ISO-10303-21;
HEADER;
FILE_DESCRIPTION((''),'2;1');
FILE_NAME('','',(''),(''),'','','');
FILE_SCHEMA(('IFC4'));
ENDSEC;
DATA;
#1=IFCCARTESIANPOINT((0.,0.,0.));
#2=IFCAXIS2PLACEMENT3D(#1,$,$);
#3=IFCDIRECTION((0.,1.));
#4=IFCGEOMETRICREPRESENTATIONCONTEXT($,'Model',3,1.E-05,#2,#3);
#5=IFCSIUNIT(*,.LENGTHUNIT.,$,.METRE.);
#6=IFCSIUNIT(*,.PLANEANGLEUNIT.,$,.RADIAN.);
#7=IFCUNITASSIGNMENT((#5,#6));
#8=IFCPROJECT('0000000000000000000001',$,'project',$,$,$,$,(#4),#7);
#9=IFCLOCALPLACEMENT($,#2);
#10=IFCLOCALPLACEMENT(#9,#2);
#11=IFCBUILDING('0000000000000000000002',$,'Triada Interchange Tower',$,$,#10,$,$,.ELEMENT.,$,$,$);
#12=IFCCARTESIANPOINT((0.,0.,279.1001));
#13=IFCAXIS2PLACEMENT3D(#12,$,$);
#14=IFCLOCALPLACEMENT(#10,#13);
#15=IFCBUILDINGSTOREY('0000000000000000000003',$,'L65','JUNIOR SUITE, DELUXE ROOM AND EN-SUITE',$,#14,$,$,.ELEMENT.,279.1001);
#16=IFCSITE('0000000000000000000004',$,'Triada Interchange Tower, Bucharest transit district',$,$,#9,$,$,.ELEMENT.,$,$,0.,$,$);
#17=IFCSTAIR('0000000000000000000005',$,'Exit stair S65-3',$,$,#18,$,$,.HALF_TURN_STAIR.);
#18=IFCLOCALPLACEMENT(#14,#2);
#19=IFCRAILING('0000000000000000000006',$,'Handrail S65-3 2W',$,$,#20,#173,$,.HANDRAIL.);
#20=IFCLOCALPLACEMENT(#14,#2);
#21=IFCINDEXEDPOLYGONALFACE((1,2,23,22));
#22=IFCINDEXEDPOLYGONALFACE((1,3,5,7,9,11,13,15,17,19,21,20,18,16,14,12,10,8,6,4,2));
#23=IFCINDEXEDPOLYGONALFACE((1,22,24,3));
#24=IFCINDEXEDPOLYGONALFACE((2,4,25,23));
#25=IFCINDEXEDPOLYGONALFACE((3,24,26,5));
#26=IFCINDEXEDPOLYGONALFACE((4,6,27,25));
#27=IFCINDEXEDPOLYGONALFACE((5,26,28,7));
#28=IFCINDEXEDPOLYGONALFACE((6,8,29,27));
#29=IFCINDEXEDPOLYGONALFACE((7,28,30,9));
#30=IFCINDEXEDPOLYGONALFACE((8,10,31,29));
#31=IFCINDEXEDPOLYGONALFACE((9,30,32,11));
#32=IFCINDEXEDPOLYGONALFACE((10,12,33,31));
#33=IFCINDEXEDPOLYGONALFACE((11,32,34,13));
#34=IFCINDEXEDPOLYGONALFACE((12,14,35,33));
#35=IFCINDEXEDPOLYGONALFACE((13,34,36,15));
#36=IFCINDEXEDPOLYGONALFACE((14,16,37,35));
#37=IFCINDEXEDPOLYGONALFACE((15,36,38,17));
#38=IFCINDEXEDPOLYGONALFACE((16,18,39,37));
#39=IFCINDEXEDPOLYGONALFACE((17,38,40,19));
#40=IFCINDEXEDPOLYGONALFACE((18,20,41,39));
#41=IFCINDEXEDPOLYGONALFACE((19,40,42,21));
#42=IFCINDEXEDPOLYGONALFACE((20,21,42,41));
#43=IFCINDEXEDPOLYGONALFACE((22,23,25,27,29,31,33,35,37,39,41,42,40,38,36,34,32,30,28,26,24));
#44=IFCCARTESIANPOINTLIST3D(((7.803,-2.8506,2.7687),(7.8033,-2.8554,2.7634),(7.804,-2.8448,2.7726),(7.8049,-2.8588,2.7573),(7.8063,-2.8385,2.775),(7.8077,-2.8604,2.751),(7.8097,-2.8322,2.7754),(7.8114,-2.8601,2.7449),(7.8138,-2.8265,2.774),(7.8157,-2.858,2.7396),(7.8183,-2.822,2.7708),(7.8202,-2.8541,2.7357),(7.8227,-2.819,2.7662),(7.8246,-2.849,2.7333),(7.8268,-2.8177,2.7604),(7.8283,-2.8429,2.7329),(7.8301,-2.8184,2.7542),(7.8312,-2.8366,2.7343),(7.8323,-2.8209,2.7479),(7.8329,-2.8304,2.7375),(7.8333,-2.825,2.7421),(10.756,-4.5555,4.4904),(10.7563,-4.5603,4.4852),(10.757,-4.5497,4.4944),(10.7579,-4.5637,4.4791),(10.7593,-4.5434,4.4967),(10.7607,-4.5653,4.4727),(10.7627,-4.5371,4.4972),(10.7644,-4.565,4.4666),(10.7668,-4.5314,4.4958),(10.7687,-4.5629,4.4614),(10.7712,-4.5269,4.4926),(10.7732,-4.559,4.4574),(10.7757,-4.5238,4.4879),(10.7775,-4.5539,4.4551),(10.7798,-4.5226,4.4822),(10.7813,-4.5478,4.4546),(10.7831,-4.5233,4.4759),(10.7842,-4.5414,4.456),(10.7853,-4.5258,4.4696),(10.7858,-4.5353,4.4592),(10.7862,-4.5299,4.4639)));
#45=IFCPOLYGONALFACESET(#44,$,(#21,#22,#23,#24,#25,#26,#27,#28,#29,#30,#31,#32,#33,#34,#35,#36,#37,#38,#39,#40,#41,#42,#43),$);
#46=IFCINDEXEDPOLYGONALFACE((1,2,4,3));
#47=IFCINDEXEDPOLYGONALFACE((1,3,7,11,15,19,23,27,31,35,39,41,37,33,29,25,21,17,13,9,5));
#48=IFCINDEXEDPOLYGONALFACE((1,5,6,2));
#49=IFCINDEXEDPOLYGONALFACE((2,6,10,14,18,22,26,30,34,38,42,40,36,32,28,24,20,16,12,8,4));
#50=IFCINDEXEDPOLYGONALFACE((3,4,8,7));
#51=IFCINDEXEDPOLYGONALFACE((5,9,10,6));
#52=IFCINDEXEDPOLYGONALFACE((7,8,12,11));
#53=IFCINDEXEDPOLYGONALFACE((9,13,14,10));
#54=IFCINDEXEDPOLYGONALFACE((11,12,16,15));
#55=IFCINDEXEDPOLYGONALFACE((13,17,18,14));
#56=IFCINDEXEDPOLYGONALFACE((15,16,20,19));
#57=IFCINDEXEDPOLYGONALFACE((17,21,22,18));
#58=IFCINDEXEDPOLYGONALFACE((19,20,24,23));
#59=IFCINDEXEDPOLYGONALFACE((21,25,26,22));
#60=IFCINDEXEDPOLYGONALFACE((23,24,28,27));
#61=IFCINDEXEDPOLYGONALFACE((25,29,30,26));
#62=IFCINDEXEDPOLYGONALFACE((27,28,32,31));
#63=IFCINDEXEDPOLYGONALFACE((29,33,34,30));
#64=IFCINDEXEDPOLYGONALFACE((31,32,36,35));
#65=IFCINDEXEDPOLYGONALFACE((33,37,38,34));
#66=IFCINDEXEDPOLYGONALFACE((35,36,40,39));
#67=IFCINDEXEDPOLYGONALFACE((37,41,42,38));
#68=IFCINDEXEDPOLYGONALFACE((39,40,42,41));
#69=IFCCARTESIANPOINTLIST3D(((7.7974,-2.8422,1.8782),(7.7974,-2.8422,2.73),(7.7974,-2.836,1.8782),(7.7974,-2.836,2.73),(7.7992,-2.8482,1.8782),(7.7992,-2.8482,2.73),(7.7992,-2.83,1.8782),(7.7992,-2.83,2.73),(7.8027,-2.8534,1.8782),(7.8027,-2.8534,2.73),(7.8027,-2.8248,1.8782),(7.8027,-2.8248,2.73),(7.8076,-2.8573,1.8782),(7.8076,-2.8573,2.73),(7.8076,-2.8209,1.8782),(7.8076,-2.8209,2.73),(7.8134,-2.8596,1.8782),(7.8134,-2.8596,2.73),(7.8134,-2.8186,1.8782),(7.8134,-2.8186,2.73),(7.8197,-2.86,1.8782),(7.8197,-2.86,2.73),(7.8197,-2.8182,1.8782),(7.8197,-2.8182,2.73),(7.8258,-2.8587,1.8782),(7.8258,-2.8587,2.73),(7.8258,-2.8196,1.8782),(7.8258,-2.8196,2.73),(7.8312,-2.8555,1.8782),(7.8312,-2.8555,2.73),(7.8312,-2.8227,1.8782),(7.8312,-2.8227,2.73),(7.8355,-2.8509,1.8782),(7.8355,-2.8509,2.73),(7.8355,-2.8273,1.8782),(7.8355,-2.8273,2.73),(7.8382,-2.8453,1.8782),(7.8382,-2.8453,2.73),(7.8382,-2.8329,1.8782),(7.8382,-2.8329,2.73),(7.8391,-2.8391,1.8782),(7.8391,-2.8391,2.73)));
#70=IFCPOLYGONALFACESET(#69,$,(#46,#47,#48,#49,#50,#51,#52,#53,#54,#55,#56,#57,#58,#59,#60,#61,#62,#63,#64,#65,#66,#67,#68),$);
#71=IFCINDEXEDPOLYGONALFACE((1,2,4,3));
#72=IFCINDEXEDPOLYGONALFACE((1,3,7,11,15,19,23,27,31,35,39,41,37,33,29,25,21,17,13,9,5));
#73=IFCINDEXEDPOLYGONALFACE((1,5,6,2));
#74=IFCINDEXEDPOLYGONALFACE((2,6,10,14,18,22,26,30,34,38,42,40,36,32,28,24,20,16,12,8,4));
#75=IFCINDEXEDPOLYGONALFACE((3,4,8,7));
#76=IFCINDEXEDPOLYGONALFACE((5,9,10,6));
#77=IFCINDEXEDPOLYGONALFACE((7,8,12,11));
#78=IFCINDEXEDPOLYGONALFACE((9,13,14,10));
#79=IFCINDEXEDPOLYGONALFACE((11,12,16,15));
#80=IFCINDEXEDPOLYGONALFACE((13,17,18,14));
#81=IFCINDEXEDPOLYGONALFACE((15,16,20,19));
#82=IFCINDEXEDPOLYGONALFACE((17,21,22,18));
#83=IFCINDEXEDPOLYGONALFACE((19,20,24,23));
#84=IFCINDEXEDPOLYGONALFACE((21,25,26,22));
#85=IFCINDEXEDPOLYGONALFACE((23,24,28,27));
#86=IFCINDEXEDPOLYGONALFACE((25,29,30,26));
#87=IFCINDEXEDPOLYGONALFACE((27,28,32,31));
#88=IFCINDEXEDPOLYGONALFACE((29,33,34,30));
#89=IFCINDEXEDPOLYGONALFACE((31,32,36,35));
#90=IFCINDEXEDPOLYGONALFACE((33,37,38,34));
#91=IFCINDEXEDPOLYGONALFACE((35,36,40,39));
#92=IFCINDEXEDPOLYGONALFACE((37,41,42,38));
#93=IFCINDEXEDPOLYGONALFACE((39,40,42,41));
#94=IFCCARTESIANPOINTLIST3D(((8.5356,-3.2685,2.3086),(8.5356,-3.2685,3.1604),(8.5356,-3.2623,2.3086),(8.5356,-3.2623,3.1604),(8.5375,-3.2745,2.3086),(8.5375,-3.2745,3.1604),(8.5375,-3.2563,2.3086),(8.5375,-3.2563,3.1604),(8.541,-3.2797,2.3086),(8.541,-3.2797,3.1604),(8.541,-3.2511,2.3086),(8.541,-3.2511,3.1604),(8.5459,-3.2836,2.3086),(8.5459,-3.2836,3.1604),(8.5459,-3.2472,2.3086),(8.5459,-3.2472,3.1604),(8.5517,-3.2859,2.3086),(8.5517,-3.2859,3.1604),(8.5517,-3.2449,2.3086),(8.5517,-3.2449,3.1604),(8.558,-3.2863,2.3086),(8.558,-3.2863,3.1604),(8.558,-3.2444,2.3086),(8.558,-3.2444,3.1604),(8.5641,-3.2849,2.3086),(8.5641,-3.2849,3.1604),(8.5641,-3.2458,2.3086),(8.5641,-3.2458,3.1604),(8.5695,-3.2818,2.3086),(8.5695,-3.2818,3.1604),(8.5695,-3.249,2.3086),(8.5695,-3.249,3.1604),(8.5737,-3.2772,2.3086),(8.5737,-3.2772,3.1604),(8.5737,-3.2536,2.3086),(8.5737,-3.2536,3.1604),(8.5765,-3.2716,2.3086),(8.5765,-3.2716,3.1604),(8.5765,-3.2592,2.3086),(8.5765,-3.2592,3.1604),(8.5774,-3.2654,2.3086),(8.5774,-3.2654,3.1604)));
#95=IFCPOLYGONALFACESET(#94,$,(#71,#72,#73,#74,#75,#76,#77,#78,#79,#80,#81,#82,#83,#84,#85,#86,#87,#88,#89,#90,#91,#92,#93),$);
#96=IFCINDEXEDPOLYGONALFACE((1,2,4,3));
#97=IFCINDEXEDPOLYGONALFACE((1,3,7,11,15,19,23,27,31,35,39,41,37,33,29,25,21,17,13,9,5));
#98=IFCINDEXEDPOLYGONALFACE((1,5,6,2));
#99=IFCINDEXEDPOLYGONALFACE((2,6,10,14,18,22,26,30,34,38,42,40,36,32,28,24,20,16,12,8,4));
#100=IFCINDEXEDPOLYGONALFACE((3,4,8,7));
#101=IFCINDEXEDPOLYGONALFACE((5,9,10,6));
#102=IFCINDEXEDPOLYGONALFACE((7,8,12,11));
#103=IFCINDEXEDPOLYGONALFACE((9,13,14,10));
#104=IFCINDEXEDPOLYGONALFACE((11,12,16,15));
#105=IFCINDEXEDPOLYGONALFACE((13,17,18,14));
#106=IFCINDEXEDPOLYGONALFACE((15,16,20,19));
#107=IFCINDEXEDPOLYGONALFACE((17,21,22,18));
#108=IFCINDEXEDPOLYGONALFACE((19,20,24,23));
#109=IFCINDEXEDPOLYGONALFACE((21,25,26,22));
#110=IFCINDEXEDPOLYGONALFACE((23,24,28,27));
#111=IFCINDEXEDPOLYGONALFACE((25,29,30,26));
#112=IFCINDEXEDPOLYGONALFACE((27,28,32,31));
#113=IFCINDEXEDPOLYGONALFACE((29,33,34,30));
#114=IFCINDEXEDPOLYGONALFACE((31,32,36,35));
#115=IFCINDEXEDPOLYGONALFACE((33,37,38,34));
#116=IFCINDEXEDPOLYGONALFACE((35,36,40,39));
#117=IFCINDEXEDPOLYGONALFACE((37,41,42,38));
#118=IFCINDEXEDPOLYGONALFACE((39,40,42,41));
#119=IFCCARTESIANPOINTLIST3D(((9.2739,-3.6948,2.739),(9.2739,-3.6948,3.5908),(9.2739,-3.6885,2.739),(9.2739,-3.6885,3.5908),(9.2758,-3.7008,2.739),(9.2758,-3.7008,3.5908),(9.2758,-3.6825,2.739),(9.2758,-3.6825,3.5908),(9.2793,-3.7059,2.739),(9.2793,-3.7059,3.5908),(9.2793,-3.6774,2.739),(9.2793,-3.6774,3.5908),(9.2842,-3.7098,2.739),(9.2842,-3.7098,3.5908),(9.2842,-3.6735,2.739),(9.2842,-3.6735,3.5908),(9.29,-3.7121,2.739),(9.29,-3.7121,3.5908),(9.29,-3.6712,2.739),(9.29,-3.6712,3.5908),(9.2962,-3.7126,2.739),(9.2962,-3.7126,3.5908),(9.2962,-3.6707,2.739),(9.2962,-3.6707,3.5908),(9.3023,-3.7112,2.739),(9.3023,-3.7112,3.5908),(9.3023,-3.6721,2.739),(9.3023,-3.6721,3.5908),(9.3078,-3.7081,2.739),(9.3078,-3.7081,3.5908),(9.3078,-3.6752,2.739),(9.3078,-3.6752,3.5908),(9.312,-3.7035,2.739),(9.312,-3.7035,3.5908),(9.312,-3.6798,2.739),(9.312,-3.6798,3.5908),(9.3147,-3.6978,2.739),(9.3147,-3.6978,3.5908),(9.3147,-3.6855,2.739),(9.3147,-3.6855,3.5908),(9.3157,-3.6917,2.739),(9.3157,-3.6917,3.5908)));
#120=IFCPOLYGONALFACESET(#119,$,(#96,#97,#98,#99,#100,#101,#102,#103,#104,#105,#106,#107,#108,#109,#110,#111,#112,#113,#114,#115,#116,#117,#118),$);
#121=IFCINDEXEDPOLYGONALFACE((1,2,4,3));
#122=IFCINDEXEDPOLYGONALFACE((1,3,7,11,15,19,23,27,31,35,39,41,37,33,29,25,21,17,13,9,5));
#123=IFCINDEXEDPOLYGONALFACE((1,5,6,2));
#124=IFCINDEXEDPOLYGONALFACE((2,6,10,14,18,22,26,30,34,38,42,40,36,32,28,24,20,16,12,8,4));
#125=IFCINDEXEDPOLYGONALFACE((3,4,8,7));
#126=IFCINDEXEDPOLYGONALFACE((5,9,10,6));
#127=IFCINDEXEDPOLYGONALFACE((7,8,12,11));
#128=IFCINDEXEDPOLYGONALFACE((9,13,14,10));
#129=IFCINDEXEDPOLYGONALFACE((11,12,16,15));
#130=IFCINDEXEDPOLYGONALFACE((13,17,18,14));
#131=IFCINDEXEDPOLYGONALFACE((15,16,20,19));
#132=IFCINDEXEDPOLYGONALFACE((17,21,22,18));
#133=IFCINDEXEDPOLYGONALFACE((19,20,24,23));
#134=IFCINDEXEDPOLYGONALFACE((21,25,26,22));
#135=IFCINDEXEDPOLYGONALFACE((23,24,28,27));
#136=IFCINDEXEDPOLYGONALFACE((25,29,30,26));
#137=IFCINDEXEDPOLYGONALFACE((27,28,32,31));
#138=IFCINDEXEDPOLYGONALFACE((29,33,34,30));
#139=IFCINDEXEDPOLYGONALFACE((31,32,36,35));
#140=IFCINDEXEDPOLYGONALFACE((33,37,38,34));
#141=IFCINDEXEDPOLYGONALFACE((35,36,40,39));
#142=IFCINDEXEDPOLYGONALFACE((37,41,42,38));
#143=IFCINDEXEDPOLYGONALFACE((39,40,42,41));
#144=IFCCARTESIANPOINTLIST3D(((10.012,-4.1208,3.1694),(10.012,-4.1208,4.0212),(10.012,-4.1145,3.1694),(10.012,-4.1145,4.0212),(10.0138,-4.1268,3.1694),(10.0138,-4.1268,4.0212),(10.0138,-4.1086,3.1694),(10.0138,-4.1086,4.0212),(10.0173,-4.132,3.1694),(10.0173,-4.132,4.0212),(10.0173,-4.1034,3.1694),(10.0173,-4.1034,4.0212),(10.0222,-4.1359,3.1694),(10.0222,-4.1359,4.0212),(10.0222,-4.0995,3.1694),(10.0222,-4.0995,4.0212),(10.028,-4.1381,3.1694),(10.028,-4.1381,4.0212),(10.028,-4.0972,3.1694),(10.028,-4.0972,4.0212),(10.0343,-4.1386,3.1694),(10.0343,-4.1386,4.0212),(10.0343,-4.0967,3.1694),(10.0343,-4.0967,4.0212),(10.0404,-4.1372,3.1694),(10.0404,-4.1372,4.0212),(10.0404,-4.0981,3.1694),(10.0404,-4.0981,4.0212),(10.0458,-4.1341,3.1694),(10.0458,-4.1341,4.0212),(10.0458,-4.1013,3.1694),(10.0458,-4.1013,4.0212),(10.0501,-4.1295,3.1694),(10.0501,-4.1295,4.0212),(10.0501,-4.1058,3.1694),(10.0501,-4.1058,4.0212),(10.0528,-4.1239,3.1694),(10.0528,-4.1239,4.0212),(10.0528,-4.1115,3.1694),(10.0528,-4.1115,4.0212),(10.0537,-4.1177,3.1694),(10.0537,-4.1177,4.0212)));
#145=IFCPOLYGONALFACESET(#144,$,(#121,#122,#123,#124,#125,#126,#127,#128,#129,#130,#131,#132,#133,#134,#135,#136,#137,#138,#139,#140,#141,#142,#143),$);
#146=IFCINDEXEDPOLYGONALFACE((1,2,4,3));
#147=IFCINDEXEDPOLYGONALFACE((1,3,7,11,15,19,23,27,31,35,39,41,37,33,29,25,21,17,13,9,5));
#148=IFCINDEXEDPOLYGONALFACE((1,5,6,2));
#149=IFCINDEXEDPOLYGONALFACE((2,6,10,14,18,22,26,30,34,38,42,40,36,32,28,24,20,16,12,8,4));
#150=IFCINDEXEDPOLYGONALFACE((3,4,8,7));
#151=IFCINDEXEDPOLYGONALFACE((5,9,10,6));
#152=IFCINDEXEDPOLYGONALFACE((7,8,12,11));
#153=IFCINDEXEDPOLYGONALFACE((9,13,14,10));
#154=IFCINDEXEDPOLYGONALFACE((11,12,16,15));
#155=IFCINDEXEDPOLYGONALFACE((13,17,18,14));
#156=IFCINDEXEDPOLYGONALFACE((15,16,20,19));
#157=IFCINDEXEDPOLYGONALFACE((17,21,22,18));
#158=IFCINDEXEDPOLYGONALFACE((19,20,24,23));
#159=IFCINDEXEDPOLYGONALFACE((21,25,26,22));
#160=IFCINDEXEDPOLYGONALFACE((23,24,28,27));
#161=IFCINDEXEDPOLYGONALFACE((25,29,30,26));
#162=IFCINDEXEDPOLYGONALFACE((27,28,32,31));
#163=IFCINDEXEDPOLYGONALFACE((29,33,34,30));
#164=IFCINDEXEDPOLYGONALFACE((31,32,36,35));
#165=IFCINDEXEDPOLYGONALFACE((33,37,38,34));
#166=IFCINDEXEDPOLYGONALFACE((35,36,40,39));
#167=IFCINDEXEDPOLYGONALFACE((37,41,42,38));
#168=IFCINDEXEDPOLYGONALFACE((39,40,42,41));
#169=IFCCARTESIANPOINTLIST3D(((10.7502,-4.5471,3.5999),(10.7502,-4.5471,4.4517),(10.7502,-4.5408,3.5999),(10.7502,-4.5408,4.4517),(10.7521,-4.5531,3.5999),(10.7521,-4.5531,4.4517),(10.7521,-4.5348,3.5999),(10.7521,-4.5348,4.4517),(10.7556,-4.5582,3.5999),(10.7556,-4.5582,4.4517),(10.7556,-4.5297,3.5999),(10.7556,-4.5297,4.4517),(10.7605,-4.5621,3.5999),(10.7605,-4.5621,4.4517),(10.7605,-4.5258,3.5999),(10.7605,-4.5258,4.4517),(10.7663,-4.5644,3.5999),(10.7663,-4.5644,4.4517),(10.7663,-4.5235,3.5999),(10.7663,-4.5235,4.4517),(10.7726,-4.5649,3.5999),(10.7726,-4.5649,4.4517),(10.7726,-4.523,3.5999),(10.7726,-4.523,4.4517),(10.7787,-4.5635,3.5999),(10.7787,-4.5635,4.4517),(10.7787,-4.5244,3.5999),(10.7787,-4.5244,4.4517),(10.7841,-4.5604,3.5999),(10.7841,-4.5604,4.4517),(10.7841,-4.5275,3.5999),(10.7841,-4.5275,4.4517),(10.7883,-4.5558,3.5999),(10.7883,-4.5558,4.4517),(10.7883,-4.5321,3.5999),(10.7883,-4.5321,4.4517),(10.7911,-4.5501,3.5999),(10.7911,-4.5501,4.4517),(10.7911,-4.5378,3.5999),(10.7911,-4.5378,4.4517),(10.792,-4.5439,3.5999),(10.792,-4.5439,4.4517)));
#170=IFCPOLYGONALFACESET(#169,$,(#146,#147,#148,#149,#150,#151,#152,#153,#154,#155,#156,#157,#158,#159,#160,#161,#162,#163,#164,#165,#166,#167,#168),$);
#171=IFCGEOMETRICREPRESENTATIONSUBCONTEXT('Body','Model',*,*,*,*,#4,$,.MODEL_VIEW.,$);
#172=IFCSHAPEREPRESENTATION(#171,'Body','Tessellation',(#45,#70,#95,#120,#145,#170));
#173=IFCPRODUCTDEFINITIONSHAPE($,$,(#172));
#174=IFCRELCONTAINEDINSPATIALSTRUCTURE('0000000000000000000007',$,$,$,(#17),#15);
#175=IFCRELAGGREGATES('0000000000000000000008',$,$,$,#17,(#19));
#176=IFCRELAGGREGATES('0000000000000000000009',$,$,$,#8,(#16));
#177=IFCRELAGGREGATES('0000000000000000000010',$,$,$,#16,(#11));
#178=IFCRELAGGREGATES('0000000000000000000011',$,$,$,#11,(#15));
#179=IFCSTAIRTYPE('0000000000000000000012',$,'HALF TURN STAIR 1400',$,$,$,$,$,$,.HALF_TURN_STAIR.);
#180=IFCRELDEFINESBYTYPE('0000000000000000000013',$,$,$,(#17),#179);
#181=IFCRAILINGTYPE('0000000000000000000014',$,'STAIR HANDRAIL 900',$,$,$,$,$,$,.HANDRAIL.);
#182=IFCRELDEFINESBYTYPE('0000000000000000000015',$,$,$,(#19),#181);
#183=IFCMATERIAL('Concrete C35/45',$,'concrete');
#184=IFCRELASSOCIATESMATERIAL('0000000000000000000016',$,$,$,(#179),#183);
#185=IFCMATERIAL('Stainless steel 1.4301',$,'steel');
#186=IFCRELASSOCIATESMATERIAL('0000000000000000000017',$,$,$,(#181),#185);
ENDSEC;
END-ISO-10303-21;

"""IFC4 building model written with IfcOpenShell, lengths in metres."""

from ifc_helpers import new_model, si_unit, direction, frame, origin, origin_2d, place, context, subcontext, project, spatial, circle, extrude, material, type_object, element, aggregate, save


model = new_model("IFC4")

# Units and contexts
model_context = context("Model", 3, precision=1e-05, world=origin(), true_north=direction((0.0, 1.0)))
body_context = subcontext(model_context, "Body", "Model", "MODEL_VIEW")
ifc_project = project(units=[si_unit("LENGTHUNIT", "METRE"), si_unit("PLANEANGLEUNIT", "RADIAN")], contexts=[model_context])

# Site, building, storey
site_placement = place(None, origin())
site = spatial("IfcSite", under=ifc_project, at=site_placement, Name="Triada Interchange Tower, Bucharest transit district", CompositionType="ELEMENT", RefElevation=0.0)
building_placement = place(site_placement, origin())
building = spatial("IfcBuilding", under=site, at=building_placement, Name="Triada Interchange Tower", CompositionType="ELEMENT")
storey_placement = place(building_placement, frame((0.0, 0.0, 279.1001)))
storey = spatial("IfcBuildingStorey", under=building, at=storey_placement, Name="L65", Description="JUNIOR SUITE, DELUXE ROOM AND EN-SUITE", CompositionType="ELEMENT", Elevation=279.1001)

# Stair, railing
ifc_material_1 = material(Name="Concrete C35/45", Category="concrete")
stair_type = type_object("IfcStairType", Name="HALF TURN STAIR 1400", PredefinedType="HALF_TURN_STAIR", material=ifc_material_1)
stair_placement = place(storey_placement, origin())
stair = element("IfcStair", 1, at=stair_placement, inside=storey, type_object=stair_type, Name="Exit stair S65-3", PredefinedType="HALF_TURN_STAIR")
ifc_material_2 = material(Name="Stainless steel 1.4301", Category="steel")
railing_type = type_object("IfcRailingType", Name="STAIR HANDRAIL 900", PredefinedType="HANDRAIL", material=ifc_material_2)
railing_1_placement = place(storey_placement, frame((7.8181, -2.8391, 1.8782)))
railing_1 = element("IfcRailing", 2, at=railing_1_placement, type_object=railing_type, Name="Handrail S65-3 2W", PredefinedType="HANDRAIL", context=body_context, shape_type="SweptSolid", body=[
    extrude(circle(Radius=0.0239, at=origin_2d()), frame((0.0, 0.0, 0.876), z_axis=(0.773065, -0.446326, 0.450736), x_axis=(0.499997, 0.866027, 0.0)), (0.0, 0.0, 1.0), 3.8198),
    extrude(circle(Radius=0.021, at=origin_2d()), origin(), (0.0, 0.0, 1.0), 0.8518),
    extrude(circle(Radius=0.021, at=origin_2d()), frame((0.7383, -0.4263, 0.4304)), (0.0, 0.0, 1.0), 0.8518),
    extrude(circle(Radius=0.021, at=origin_2d()), frame((1.4766, -0.8525, 0.8608)), (0.0, 0.0, 1.0), 0.8518),
    extrude(circle(Radius=0.021, at=origin_2d()), frame((2.2146, -1.2786, 1.2913)), (0.0, 0.0, 1.0), 0.8518),
    extrude(circle(Radius=0.021, at=origin_2d()), frame((2.9529, -1.7048, 1.7217)), (0.0, 0.0, 1.0), 0.8518),
])
aggregate(stair, [railing_1])

save(model, "model.ifc")
